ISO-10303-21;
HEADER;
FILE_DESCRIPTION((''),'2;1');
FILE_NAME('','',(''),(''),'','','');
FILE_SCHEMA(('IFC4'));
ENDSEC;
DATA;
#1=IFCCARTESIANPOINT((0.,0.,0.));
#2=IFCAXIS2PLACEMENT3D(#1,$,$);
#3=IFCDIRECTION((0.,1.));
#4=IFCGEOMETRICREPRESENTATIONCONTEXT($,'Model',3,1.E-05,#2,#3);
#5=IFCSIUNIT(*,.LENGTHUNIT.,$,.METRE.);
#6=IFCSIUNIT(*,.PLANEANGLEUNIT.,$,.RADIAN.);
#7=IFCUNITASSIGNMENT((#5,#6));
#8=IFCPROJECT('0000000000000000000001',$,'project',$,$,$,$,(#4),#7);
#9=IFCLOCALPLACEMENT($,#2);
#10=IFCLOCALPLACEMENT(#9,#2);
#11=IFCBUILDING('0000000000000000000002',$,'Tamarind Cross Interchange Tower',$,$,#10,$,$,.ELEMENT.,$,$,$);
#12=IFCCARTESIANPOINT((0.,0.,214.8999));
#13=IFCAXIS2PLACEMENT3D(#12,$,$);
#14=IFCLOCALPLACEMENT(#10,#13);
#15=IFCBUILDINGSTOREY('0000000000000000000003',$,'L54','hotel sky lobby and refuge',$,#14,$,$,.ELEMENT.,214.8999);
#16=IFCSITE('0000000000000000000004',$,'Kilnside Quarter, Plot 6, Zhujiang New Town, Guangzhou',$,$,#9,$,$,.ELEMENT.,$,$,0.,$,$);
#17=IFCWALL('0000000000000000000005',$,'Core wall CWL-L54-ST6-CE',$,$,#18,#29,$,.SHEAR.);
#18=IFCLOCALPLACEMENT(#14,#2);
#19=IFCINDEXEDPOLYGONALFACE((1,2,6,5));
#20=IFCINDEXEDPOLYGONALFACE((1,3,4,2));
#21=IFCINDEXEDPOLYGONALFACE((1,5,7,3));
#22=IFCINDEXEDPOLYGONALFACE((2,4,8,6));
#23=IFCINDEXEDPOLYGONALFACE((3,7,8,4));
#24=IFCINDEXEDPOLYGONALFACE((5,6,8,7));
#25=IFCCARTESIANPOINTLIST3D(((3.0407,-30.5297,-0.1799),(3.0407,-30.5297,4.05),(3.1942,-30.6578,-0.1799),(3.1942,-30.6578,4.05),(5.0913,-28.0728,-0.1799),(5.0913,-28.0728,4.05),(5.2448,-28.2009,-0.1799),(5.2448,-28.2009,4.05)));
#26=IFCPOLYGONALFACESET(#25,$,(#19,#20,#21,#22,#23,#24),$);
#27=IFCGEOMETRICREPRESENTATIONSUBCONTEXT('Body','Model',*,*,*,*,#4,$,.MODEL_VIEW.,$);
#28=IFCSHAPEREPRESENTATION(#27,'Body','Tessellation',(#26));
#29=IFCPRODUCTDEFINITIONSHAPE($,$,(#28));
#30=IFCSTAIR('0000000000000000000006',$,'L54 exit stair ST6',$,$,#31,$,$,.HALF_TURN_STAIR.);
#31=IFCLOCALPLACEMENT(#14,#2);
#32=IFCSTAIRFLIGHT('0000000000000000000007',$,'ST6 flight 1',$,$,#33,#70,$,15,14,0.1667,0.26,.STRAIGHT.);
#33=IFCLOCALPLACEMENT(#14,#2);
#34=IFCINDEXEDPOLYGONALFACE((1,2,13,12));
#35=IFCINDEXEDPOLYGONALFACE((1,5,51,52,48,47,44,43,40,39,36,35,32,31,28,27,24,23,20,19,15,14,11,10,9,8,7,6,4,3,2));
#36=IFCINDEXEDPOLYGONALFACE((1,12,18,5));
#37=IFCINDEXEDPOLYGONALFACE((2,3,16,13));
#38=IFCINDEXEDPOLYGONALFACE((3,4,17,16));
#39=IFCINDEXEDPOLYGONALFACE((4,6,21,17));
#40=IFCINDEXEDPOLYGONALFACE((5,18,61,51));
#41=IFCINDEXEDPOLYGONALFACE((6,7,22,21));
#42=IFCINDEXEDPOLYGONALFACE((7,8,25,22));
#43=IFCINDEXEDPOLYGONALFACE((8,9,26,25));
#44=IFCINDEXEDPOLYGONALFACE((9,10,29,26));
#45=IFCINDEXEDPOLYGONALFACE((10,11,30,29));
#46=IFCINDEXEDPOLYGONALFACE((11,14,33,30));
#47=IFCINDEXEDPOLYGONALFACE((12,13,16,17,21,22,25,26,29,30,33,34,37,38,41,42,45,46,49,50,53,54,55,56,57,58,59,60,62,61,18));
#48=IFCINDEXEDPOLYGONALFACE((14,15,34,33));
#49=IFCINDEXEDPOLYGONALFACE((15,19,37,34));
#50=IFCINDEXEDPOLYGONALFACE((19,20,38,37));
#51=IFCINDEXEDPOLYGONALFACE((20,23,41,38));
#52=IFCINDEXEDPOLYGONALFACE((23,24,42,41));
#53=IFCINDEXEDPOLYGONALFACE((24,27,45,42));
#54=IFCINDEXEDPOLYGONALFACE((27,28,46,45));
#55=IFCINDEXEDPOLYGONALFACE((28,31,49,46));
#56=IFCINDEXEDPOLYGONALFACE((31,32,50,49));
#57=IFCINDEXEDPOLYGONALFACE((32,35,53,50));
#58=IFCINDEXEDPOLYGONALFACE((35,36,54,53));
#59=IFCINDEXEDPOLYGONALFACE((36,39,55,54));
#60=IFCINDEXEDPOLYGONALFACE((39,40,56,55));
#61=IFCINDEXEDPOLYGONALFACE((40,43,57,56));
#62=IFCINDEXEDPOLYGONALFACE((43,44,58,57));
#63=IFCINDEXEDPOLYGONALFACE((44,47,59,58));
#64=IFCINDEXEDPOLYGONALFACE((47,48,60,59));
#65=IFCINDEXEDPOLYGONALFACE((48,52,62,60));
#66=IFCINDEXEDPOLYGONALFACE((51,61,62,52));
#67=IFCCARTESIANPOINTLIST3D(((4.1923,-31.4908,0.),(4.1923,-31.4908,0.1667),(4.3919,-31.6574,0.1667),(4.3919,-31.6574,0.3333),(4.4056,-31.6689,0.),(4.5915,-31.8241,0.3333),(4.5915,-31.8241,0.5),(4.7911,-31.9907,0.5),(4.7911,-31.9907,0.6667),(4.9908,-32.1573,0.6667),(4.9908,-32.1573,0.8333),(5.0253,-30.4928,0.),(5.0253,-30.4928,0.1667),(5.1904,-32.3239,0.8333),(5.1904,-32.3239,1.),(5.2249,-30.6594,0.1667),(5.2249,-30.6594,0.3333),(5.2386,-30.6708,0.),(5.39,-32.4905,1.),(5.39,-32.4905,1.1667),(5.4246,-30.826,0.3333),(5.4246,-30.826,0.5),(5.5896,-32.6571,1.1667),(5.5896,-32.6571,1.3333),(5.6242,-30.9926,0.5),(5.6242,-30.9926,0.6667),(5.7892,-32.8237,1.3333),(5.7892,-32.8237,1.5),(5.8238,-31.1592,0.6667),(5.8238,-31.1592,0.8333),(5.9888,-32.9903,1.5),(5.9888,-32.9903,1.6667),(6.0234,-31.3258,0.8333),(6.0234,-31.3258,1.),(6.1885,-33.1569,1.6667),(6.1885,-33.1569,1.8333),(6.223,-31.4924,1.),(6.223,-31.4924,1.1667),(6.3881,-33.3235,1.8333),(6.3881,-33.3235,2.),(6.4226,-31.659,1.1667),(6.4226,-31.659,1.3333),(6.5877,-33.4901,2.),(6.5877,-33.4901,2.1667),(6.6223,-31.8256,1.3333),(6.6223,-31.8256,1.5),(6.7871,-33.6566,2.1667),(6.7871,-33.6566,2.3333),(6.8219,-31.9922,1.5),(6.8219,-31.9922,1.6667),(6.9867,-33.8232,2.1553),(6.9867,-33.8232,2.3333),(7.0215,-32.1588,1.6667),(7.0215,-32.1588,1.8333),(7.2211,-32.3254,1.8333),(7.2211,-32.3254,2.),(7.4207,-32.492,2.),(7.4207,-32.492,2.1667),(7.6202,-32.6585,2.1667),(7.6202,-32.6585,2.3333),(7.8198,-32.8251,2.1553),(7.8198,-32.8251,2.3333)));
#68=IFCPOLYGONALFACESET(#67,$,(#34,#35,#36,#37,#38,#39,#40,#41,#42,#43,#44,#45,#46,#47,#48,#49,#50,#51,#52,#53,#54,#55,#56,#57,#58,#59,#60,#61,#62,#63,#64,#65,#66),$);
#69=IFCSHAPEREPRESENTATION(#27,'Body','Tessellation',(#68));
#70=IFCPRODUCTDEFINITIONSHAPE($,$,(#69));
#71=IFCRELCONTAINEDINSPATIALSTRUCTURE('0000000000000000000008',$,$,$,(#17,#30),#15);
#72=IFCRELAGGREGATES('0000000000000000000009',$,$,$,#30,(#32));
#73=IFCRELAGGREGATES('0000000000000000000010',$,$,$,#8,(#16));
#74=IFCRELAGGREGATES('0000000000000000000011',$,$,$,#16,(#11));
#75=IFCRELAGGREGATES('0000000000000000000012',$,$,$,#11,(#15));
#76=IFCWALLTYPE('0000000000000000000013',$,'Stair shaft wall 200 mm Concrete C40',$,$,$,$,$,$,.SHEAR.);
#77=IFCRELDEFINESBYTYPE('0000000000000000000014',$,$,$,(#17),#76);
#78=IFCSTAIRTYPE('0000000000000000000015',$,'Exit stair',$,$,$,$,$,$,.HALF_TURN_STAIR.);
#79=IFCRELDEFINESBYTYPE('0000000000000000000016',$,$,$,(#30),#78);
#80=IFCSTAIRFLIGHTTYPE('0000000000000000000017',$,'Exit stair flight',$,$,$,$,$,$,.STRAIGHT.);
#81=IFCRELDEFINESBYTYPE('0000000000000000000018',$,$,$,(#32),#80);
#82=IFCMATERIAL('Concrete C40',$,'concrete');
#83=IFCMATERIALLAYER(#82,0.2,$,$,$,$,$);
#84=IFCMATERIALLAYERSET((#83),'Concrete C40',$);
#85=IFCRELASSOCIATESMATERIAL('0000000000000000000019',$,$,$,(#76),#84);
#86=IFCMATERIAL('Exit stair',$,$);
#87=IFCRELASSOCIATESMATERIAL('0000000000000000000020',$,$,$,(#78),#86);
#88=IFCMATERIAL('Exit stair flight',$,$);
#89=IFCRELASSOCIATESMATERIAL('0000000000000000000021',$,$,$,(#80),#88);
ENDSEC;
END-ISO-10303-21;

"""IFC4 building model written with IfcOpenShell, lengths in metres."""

from ifc_helpers import new_model, si_unit, direction, frame, frame_2d, origin, place, context, subcontext, project, spatial, polyline, rectangle, outline, extrude, material, layer, layer_set, type_object, element, aggregate, save


model = new_model("IFC4")

# Units and contexts
model_context = context("Model", 3, precision=1e-05, world=origin(), true_north=direction((0.0, 1.0)))
body_context = subcontext(model_context, "Body", "Model", "MODEL_VIEW")
ifc_project = project(units=[si_unit("LENGTHUNIT", "METRE"), si_unit("PLANEANGLEUNIT", "RADIAN")], contexts=[model_context])

# Site, building, storey
site_placement = place(None, origin())
site = spatial("IfcSite", under=ifc_project, at=site_placement, Name="Kilnside Quarter, Plot 6, Zhujiang New Town, Guangzhou", CompositionType="ELEMENT", RefElevation=0.0)
building_placement = place(site_placement, origin())
building = spatial("IfcBuilding", under=site, at=building_placement, Name="Tamarind Cross Interchange Tower", CompositionType="ELEMENT")
storey_placement = place(building_placement, frame((0.0, 0.0, 214.8999)))
storey = spatial("IfcBuildingStorey", under=building, at=storey_placement, Name="L54", Description="hotel sky lobby and refuge", CompositionType="ELEMENT", Elevation=214.8999)

# Shared definitions
ifc_material_1 = material(Name="Concrete C40", Category="concrete")
ifc_layer_1 = layer(ifc_material_1, 0.2)
ifc_layer_set_1 = layer_set([ifc_layer_1], Name="Concrete C40")
wall_type_1 = type_object("IfcWallType", Name="Stair shaft wall 200 mm Concrete C40", PredefinedType="SHEAR", material=ifc_layer_set_1)

# Wall
wall_1_placement = place(storey_placement, frame((3.1174, -30.5938, -0.1799), z_axis=(0.0, 0.0, 1.0), x_axis=(0.640777, 0.767727, 0.0)))
element("IfcWall", 1, at=wall_1_placement, inside=storey, type_object=wall_type_1, Name="Core wall CWL-L54-ST6-CE", PredefinedType="SHEAR", context=body_context, shape_type="SweptSolid", body=[
    extrude(rectangle(XDim=3.2002, YDim=0.2, at=frame_2d((1.6001, 0.0))), origin(), (0.0, 0.0, 1.0), 4.23),
])

# Stair, stair flight
ifc_material_2 = material(Name="Exit stair")
stair_type = type_object("IfcStairType", Name="Exit stair", PredefinedType="HALF_TURN_STAIR", material=ifc_material_2)
stair_placement = place(storey_placement, origin())
stair = element("IfcStair", 2, at=stair_placement, inside=storey, type_object=stair_type, Name="L54 exit stair ST6", PredefinedType="HALF_TURN_STAIR")
ifc_material_3 = material(Name="Exit stair flight")
stair_flight_type = type_object("IfcStairFlightType", Name="Exit stair flight", PredefinedType="STRAIGHT", material=ifc_material_3)
stair_flight_placement = place(storey_placement, frame((4.6089, -30.9917, 0.0), z_axis=(0.0, 0.0, 1.0), x_axis=(0.767729, -0.640775, 0.0)))
stair_flight = element("IfcStairFlight", 3, at=stair_flight_placement, type_object=stair_flight_type, Name="ST6 flight 1", NumberOfRisers=15, NumberOfTreads=14, PredefinedType="STRAIGHT", RiserHeight=0.1667, TreadLength=0.26, context=body_context, shape_type="SweptSolid", body=[
    extrude(outline(polyline([(0.0, 0.0), (0.0, 0.1667), (0.26, 0.1667), (0.26, 0.3333), (0.52, 0.3333), (0.52, 0.5), (0.78, 0.5), (0.78, 0.6667), (1.04, 0.6667), (1.04, 0.8333), (1.3, 0.8333), (1.3, 1.0), (1.5601, 1.0), (1.5601, 1.1667), (1.8201, 1.1667), (1.8201, 1.3333), (2.0801, 1.3333), (2.0801, 1.5), (2.3401, 1.5), (2.3401, 1.6667), (2.6001, 1.6667), (2.6001, 1.8333), (2.8601, 1.8333), (2.8601, 2.0), (3.1201, 2.0), (3.1201, 2.1667), (3.3799, 2.1667), (3.3799, 2.3333), (3.6399, 2.3333), (3.6399, 2.5), (3.6399, 2.1553), (0.2778, 0.0), (0.0, 0.0)])), frame((0.0, 0.6499, 0.0), z_axis=(0.0, -1.0, 0.0), x_axis=(1.0, 0.0, 0.0)), (0.0, 0.0, 1.0), 1.3),
])
aggregate(stair, [stair_flight])

save(model, "model.ifc")
